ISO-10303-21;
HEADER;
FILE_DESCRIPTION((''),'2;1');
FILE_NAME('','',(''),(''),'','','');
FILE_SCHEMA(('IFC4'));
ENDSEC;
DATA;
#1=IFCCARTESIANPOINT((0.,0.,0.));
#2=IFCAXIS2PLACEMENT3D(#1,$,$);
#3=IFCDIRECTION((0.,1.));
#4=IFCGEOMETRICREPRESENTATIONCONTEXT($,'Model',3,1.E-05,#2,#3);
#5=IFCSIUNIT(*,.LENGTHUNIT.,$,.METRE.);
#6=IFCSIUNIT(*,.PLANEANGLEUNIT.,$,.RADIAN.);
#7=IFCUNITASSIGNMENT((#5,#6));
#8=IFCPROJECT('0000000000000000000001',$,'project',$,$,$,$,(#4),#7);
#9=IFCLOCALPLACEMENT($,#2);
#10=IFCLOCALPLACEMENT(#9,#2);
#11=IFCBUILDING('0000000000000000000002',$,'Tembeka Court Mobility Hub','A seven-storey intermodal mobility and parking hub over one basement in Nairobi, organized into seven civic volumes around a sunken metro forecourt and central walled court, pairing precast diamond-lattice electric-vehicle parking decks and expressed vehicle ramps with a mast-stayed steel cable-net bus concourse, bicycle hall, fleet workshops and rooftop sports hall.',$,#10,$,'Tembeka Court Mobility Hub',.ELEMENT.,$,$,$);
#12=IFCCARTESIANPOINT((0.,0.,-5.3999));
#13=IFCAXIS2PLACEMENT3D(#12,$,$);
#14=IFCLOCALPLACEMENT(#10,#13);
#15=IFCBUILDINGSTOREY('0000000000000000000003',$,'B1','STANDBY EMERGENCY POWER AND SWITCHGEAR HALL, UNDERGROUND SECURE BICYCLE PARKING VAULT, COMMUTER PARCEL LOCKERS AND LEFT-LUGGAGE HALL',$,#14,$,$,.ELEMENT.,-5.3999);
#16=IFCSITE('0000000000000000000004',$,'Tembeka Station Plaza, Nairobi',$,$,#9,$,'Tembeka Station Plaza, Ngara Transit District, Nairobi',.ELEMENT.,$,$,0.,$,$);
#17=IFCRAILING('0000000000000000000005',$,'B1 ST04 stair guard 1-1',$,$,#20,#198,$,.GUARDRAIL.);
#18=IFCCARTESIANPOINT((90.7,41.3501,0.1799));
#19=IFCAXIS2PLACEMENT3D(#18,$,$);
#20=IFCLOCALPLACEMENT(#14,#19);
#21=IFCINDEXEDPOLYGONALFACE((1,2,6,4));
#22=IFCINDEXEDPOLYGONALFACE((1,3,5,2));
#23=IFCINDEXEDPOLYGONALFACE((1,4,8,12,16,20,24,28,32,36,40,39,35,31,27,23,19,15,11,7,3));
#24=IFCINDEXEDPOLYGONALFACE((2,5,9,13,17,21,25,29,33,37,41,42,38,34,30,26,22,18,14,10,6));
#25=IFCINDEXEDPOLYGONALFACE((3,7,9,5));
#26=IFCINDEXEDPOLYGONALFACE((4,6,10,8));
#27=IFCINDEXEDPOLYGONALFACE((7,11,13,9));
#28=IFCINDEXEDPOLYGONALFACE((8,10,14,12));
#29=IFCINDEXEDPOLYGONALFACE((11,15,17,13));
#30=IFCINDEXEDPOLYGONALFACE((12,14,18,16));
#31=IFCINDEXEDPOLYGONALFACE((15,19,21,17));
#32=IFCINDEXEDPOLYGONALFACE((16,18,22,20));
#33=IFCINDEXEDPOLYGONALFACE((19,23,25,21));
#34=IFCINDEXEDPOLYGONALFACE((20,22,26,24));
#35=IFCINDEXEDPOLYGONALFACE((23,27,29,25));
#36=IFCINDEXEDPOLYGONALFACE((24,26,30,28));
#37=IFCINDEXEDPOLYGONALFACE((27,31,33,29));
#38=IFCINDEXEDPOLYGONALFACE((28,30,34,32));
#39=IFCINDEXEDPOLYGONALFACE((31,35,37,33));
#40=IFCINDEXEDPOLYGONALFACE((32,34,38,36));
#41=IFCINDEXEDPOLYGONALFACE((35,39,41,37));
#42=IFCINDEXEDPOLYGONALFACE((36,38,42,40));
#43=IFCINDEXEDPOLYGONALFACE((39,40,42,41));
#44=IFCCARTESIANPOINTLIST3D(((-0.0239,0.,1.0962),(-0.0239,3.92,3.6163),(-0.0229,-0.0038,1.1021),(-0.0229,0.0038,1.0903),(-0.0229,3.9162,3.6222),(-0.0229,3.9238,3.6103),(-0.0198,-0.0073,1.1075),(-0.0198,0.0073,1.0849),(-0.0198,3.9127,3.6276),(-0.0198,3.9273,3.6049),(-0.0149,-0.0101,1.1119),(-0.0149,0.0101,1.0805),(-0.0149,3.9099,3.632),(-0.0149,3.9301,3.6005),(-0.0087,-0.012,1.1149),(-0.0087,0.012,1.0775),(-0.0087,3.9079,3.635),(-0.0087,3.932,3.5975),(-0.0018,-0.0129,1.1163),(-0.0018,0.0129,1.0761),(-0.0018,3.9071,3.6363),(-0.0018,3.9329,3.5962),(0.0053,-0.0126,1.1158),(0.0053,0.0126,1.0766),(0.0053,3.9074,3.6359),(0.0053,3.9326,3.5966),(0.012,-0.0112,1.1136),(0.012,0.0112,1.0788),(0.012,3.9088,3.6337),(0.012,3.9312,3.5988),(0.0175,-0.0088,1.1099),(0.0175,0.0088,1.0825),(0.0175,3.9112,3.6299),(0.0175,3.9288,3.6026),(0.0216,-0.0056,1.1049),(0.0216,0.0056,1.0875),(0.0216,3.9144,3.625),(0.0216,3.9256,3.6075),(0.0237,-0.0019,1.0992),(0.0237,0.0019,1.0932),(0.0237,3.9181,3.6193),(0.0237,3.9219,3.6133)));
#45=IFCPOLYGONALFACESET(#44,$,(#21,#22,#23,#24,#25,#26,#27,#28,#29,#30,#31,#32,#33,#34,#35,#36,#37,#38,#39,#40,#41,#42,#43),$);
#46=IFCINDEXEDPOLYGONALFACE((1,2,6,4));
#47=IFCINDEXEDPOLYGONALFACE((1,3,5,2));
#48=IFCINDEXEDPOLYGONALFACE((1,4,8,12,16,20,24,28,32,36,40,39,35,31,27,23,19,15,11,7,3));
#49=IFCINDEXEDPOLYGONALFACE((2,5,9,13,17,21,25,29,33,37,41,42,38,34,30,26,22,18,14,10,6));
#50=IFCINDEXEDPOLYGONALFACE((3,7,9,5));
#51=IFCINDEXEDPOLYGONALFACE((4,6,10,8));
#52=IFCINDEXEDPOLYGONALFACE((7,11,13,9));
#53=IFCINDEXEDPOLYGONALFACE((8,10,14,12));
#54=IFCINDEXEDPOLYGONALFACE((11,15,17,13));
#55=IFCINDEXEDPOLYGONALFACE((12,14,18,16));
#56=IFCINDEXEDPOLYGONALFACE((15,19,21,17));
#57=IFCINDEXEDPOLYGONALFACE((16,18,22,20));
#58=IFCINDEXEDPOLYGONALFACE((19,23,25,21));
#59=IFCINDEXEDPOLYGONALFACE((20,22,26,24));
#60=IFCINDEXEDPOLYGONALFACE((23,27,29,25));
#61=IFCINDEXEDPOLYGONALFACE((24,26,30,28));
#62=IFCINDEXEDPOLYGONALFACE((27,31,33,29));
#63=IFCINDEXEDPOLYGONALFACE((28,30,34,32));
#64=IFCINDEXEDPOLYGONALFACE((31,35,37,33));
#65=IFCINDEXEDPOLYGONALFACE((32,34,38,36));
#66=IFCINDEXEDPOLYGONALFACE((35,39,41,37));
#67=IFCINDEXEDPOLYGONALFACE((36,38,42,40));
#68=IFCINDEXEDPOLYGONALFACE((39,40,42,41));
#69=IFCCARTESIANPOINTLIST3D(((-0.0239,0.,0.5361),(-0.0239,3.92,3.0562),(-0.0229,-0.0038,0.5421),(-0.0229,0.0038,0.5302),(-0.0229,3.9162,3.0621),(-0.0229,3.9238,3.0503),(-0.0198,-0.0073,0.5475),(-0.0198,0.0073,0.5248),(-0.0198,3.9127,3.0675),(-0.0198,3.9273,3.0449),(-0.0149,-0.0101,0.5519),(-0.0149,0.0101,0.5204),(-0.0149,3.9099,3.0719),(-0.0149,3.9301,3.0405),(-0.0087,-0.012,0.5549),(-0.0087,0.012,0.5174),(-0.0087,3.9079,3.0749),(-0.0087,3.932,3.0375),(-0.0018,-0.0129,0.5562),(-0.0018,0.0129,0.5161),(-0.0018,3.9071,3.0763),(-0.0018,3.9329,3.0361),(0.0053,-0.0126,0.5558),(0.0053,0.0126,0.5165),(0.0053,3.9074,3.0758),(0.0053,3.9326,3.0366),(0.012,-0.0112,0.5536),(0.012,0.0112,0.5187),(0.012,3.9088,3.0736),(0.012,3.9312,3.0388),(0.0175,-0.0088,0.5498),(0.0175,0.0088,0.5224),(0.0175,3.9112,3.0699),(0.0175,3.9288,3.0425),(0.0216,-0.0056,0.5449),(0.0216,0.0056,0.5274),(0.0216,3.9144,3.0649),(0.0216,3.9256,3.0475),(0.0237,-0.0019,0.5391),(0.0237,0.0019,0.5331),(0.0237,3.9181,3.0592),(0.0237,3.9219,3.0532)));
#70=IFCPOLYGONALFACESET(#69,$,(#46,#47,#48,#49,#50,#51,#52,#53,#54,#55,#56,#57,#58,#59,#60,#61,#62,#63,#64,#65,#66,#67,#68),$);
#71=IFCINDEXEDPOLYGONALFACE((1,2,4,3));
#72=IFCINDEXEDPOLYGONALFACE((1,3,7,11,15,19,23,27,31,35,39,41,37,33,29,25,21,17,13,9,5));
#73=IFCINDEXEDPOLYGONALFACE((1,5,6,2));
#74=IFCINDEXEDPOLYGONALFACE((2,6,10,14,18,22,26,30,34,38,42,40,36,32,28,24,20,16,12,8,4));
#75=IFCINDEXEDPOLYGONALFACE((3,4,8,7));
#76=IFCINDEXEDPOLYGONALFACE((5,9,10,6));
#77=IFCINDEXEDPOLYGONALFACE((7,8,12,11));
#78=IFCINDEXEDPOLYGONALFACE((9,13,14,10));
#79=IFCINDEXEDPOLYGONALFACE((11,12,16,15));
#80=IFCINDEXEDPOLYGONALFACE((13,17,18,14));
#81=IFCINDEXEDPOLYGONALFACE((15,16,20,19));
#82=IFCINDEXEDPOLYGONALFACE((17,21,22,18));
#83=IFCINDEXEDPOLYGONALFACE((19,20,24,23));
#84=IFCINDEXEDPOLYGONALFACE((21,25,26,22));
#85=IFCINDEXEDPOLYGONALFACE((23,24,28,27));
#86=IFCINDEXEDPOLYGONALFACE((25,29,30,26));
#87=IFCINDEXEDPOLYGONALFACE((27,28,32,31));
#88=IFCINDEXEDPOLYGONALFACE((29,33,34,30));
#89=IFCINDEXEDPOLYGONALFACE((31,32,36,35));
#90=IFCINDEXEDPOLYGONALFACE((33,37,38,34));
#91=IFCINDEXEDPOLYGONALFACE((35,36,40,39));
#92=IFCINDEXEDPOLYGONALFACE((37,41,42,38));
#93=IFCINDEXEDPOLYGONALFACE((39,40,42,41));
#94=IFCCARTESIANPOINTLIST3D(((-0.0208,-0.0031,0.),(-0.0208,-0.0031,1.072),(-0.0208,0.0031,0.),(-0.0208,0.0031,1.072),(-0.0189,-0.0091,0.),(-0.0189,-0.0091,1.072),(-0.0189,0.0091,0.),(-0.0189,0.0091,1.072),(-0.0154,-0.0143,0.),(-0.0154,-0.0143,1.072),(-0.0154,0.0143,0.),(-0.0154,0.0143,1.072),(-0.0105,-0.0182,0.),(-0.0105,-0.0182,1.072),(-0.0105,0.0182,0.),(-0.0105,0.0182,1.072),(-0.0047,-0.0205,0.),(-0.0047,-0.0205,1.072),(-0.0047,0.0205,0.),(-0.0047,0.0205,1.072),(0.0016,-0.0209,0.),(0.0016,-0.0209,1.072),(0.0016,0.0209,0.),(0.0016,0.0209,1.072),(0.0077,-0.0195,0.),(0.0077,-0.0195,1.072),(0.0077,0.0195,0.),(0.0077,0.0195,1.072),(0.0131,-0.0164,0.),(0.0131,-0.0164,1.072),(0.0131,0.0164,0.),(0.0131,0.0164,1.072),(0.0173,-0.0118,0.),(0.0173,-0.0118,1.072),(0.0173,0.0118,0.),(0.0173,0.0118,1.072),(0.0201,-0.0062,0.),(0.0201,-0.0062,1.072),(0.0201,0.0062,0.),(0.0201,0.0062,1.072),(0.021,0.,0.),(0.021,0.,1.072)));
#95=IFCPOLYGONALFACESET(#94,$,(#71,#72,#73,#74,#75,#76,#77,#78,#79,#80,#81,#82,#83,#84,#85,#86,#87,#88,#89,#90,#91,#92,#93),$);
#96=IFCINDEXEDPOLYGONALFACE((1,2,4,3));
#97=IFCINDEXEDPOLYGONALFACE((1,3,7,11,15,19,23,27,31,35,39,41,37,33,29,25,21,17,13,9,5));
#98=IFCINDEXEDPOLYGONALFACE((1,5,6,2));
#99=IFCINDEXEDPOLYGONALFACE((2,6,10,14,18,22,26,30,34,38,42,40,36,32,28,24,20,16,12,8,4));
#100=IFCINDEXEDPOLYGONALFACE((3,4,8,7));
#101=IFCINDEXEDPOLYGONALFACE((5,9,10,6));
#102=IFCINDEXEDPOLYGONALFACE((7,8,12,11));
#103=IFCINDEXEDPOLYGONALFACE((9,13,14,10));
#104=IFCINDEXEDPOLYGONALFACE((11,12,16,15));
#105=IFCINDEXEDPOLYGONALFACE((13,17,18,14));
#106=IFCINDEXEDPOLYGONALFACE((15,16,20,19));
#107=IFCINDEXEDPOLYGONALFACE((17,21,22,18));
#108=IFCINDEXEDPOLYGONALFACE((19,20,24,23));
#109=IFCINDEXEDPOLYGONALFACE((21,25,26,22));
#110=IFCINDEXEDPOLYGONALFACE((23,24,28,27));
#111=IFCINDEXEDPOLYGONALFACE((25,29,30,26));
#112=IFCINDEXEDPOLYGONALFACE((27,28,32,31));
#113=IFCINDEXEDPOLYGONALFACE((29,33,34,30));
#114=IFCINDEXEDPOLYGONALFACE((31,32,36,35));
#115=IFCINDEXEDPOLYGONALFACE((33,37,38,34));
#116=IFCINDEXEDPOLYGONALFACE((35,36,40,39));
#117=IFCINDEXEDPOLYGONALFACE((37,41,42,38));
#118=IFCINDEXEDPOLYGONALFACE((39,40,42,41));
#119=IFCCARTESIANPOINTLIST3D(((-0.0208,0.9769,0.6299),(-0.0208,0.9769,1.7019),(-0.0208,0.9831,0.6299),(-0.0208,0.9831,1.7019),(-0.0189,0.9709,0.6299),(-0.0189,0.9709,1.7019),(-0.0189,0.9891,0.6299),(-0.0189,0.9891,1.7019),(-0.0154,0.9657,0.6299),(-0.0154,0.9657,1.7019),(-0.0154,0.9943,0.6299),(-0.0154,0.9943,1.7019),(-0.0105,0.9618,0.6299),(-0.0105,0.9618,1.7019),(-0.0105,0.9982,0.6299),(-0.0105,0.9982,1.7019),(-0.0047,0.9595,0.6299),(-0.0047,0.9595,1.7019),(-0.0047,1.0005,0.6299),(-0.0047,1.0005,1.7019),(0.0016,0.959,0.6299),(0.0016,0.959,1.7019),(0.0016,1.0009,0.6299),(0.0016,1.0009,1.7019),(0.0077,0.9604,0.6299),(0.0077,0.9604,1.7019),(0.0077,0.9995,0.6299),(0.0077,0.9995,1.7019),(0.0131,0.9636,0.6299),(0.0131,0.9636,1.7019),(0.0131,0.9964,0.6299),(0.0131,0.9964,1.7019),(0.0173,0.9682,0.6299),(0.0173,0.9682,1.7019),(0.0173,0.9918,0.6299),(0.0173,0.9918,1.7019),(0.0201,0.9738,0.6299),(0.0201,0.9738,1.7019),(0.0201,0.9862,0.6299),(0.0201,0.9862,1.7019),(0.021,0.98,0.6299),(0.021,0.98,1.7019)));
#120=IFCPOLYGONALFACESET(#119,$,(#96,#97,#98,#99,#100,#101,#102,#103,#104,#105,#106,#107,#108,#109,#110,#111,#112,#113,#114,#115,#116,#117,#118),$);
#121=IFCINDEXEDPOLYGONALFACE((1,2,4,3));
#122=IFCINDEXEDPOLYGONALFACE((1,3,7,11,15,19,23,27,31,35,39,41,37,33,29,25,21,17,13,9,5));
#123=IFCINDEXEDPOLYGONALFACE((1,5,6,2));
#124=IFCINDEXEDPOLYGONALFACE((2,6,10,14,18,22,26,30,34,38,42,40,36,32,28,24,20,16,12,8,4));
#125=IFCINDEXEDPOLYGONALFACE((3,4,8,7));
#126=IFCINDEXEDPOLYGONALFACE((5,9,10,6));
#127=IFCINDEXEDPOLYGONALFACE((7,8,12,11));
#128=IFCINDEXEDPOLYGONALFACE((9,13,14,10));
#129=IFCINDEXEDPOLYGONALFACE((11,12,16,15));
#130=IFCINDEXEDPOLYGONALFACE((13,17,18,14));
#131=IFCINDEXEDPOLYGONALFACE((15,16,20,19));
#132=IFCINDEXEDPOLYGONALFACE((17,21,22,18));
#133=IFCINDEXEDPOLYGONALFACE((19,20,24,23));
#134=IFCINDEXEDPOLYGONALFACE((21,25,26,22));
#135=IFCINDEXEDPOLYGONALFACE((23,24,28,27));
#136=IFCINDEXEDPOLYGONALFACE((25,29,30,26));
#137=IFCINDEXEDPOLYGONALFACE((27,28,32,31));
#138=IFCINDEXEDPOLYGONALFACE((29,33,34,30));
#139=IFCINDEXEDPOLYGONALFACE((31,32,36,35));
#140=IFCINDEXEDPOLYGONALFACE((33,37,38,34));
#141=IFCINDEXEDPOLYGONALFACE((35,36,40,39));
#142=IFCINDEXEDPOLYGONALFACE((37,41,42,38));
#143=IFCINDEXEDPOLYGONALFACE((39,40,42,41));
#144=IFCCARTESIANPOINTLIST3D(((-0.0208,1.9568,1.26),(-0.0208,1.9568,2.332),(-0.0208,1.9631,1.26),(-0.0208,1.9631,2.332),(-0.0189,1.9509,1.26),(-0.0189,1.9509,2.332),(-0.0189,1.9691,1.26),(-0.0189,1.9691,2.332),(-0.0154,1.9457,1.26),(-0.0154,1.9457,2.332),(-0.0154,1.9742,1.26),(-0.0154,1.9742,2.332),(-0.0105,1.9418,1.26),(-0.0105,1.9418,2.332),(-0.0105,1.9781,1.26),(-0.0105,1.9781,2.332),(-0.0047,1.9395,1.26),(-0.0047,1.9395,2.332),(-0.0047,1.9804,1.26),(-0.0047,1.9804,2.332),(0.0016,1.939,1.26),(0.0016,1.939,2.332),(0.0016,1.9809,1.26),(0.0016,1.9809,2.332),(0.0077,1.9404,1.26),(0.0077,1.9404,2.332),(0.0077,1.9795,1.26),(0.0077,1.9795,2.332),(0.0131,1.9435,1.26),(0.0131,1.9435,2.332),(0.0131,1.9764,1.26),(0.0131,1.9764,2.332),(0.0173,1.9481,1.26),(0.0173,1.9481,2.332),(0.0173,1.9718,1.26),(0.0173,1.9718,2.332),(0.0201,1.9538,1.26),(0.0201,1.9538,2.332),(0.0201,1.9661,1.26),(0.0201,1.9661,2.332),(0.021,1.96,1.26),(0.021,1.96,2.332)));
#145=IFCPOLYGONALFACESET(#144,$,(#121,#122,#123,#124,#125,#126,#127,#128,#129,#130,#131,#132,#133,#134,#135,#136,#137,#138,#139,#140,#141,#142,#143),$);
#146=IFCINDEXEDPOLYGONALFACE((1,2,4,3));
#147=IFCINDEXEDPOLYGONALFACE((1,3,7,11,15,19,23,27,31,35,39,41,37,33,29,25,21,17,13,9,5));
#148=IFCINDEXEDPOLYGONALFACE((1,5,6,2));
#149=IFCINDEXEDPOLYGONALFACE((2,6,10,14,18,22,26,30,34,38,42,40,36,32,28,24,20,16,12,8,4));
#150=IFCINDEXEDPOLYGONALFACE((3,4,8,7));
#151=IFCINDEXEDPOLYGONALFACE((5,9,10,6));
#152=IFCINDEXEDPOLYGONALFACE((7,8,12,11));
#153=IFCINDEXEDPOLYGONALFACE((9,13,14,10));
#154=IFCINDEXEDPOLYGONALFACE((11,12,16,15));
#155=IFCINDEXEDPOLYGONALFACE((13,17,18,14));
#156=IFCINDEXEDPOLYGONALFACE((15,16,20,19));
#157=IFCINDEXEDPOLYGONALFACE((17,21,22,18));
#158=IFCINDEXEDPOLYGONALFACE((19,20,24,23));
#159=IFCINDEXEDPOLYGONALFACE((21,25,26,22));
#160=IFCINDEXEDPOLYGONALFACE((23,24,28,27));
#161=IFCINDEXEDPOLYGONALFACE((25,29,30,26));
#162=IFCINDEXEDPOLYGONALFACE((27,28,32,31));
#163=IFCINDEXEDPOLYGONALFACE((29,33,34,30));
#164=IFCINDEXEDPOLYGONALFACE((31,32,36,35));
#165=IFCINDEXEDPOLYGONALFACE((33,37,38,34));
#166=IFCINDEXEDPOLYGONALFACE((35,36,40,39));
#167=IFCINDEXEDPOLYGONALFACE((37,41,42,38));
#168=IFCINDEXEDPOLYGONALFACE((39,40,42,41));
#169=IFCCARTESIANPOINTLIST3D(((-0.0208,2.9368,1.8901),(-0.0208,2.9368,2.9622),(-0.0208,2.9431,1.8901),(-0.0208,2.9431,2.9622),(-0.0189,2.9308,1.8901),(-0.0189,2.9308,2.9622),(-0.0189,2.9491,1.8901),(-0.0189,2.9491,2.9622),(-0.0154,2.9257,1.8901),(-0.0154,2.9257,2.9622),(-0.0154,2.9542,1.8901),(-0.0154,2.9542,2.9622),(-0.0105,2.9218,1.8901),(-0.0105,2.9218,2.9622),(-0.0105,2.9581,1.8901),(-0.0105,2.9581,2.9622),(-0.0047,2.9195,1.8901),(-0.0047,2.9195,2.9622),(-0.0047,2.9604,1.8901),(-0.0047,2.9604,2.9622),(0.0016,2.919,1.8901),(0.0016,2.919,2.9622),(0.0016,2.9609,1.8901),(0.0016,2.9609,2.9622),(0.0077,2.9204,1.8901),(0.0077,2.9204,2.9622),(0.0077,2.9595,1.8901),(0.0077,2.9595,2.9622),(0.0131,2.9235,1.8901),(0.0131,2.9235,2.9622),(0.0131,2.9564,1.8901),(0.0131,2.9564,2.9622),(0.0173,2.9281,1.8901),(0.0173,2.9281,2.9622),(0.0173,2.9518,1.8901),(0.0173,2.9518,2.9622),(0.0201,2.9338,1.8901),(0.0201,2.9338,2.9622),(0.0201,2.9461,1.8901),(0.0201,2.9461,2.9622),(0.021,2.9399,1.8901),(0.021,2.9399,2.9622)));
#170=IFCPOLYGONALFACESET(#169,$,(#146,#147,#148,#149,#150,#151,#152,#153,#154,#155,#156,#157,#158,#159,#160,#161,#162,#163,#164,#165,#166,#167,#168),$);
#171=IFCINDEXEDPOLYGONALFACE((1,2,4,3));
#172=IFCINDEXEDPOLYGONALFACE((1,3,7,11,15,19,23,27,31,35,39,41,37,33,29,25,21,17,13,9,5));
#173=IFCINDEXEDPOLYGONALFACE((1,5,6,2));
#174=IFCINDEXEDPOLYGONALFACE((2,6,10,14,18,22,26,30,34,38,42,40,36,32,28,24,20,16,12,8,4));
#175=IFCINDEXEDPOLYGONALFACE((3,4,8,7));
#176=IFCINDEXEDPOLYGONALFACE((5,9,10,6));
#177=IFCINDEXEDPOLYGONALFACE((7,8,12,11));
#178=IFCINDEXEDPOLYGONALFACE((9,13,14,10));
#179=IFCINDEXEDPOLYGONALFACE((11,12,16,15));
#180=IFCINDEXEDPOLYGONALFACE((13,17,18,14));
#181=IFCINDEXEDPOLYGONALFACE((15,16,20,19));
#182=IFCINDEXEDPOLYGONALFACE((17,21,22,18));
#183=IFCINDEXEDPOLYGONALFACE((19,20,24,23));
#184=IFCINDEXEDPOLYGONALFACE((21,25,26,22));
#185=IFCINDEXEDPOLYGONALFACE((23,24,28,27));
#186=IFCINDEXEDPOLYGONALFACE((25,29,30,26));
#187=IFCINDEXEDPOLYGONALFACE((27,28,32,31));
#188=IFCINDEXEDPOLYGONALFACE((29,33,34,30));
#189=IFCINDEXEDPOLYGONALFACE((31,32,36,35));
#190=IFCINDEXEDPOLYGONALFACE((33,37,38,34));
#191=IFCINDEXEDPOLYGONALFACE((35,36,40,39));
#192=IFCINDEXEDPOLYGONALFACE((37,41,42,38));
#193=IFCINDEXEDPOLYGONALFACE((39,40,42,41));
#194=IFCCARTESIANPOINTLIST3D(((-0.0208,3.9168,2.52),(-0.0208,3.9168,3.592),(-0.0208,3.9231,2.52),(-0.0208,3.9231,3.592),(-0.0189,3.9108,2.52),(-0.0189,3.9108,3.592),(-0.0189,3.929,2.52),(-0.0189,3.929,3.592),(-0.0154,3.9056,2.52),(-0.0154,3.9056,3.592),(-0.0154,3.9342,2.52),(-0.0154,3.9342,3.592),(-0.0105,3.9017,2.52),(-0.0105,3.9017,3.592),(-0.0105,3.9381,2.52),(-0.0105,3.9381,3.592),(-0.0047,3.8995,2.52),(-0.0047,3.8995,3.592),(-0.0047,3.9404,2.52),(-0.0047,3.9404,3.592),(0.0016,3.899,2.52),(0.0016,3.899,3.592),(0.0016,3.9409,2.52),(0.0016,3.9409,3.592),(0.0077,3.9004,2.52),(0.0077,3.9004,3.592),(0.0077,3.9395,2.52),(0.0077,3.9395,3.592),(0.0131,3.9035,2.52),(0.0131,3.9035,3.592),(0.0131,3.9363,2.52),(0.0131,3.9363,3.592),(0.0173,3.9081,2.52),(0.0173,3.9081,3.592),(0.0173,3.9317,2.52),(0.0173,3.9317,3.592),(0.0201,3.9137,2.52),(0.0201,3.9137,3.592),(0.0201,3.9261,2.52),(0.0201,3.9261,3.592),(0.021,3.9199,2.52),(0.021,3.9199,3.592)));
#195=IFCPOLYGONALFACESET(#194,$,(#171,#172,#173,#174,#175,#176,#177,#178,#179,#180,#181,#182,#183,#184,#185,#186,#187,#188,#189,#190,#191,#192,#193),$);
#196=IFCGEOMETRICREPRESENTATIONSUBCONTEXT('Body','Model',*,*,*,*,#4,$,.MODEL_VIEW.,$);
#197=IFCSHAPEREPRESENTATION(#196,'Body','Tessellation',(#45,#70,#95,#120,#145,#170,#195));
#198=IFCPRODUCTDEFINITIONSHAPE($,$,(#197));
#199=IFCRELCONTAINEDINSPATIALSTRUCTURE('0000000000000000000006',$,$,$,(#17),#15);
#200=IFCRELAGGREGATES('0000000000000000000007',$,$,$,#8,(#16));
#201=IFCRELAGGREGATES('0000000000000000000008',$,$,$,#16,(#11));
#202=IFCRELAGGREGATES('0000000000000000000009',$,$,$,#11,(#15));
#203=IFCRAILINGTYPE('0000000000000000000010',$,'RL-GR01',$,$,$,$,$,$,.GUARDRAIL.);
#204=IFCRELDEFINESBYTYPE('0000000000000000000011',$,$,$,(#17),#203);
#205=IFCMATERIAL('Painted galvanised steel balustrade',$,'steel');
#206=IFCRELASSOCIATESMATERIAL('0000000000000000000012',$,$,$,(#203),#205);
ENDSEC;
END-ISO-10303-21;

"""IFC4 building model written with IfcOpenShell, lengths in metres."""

from ifc_helpers import new_model, si_unit, direction, frame, origin, origin_2d, place, context, subcontext, project, spatial, circle, extrude, material, type_object, element, save


model = new_model("IFC4")

# Units and contexts
model_context = context("Model", 3, precision=1e-05, world=origin(), true_north=direction((0.0, 1.0)))
body_context = subcontext(model_context, "Body", "Model", "MODEL_VIEW")
ifc_project = project(units=[si_unit("LENGTHUNIT", "METRE"), si_unit("PLANEANGLEUNIT", "RADIAN")], contexts=[model_context])

# Site, building, storey
site_placement = place(None, origin())
site = spatial("IfcSite", under=ifc_project, at=site_placement, Name="Tembeka Station Plaza, Nairobi", LongName="Tembeka Station Plaza, Ngara Transit District, Nairobi", CompositionType="ELEMENT", RefElevation=0.0)
building_placement = place(site_placement, origin())
building = spatial("IfcBuilding", under=site, at=building_placement, Name="Tembeka Court Mobility Hub", Description="A seven-storey intermodal mobility and parking hub over one basement in Nairobi, organized into seven civic volumes around a sunken metro forecourt and central walled court, pairing precast diamond-lattice electric-vehicle parking decks and expressed vehicle ramps with a mast-stayed steel cable-net bus concourse, bicycle hall, fleet workshops and rooftop sports hall.", LongName="Tembeka Court Mobility Hub", CompositionType="ELEMENT")
storey_placement = place(building_placement, frame((0.0, 0.0, -5.3999)))
storey = spatial("IfcBuildingStorey", under=building, at=storey_placement, Name="B1", Description="STANDBY EMERGENCY POWER AND SWITCHGEAR HALL, UNDERGROUND SECURE BICYCLE PARKING VAULT, COMMUTER PARCEL LOCKERS AND LEFT-LUGGAGE HALL", CompositionType="ELEMENT", Elevation=-5.3999)

# Railing
ifc_material_1 = material(Name="Painted galvanised steel balustrade", Category="steel")
railing_type_1 = type_object("IfcRailingType", Name="RL-GR01", PredefinedType="GUARDRAIL", material=ifc_material_1)
railing_1_placement = place(storey_placement, frame((90.7, 41.3501, 0.1799)))
element("IfcRailing", 1, at=railing_1_placement, inside=storey, type_object=railing_type_1, Name="B1 ST04 stair guard 1-1", PredefinedType="GUARDRAIL", context=body_context, shape_type="SweptSolid", body=[
    extrude(circle(Radius=0.0239, at=origin_2d()), frame((0.0, 0.0, 1.0962), z_axis=(0.0, 0.841172, 0.540768), x_axis=(-1.0, 0.0, 0.0)), (0.0, 0.0, 1.0), 4.6602),
    extrude(circle(Radius=0.0239, at=origin_2d()), frame((0.0, 0.0, 0.5361), z_axis=(0.0, 0.841172, 0.540768), x_axis=(-1.0, 0.0, 0.0)), (0.0, 0.0, 1.0), 4.6602),
    extrude(circle(Radius=0.021, at=origin_2d()), origin(), (0.0, 0.0, 1.0), 1.072),
    extrude(circle(Radius=0.021, at=origin_2d()), frame((0.0, 0.98, 0.6299)), (0.0, 0.0, 1.0), 1.072),
    extrude(circle(Radius=0.021, at=origin_2d()), frame((0.0, 1.96, 1.26)), (0.0, 0.0, 1.0), 1.072),
    extrude(circle(Radius=0.021, at=origin_2d()), frame((0.0, 2.9399, 1.8901)), (0.0, 0.0, 1.0), 1.072),
    extrude(circle(Radius=0.021, at=origin_2d()), frame((0.0, 3.9199, 2.52)), (0.0, 0.0, 1.0), 1.072),
])

save(model, "model.ifc")
